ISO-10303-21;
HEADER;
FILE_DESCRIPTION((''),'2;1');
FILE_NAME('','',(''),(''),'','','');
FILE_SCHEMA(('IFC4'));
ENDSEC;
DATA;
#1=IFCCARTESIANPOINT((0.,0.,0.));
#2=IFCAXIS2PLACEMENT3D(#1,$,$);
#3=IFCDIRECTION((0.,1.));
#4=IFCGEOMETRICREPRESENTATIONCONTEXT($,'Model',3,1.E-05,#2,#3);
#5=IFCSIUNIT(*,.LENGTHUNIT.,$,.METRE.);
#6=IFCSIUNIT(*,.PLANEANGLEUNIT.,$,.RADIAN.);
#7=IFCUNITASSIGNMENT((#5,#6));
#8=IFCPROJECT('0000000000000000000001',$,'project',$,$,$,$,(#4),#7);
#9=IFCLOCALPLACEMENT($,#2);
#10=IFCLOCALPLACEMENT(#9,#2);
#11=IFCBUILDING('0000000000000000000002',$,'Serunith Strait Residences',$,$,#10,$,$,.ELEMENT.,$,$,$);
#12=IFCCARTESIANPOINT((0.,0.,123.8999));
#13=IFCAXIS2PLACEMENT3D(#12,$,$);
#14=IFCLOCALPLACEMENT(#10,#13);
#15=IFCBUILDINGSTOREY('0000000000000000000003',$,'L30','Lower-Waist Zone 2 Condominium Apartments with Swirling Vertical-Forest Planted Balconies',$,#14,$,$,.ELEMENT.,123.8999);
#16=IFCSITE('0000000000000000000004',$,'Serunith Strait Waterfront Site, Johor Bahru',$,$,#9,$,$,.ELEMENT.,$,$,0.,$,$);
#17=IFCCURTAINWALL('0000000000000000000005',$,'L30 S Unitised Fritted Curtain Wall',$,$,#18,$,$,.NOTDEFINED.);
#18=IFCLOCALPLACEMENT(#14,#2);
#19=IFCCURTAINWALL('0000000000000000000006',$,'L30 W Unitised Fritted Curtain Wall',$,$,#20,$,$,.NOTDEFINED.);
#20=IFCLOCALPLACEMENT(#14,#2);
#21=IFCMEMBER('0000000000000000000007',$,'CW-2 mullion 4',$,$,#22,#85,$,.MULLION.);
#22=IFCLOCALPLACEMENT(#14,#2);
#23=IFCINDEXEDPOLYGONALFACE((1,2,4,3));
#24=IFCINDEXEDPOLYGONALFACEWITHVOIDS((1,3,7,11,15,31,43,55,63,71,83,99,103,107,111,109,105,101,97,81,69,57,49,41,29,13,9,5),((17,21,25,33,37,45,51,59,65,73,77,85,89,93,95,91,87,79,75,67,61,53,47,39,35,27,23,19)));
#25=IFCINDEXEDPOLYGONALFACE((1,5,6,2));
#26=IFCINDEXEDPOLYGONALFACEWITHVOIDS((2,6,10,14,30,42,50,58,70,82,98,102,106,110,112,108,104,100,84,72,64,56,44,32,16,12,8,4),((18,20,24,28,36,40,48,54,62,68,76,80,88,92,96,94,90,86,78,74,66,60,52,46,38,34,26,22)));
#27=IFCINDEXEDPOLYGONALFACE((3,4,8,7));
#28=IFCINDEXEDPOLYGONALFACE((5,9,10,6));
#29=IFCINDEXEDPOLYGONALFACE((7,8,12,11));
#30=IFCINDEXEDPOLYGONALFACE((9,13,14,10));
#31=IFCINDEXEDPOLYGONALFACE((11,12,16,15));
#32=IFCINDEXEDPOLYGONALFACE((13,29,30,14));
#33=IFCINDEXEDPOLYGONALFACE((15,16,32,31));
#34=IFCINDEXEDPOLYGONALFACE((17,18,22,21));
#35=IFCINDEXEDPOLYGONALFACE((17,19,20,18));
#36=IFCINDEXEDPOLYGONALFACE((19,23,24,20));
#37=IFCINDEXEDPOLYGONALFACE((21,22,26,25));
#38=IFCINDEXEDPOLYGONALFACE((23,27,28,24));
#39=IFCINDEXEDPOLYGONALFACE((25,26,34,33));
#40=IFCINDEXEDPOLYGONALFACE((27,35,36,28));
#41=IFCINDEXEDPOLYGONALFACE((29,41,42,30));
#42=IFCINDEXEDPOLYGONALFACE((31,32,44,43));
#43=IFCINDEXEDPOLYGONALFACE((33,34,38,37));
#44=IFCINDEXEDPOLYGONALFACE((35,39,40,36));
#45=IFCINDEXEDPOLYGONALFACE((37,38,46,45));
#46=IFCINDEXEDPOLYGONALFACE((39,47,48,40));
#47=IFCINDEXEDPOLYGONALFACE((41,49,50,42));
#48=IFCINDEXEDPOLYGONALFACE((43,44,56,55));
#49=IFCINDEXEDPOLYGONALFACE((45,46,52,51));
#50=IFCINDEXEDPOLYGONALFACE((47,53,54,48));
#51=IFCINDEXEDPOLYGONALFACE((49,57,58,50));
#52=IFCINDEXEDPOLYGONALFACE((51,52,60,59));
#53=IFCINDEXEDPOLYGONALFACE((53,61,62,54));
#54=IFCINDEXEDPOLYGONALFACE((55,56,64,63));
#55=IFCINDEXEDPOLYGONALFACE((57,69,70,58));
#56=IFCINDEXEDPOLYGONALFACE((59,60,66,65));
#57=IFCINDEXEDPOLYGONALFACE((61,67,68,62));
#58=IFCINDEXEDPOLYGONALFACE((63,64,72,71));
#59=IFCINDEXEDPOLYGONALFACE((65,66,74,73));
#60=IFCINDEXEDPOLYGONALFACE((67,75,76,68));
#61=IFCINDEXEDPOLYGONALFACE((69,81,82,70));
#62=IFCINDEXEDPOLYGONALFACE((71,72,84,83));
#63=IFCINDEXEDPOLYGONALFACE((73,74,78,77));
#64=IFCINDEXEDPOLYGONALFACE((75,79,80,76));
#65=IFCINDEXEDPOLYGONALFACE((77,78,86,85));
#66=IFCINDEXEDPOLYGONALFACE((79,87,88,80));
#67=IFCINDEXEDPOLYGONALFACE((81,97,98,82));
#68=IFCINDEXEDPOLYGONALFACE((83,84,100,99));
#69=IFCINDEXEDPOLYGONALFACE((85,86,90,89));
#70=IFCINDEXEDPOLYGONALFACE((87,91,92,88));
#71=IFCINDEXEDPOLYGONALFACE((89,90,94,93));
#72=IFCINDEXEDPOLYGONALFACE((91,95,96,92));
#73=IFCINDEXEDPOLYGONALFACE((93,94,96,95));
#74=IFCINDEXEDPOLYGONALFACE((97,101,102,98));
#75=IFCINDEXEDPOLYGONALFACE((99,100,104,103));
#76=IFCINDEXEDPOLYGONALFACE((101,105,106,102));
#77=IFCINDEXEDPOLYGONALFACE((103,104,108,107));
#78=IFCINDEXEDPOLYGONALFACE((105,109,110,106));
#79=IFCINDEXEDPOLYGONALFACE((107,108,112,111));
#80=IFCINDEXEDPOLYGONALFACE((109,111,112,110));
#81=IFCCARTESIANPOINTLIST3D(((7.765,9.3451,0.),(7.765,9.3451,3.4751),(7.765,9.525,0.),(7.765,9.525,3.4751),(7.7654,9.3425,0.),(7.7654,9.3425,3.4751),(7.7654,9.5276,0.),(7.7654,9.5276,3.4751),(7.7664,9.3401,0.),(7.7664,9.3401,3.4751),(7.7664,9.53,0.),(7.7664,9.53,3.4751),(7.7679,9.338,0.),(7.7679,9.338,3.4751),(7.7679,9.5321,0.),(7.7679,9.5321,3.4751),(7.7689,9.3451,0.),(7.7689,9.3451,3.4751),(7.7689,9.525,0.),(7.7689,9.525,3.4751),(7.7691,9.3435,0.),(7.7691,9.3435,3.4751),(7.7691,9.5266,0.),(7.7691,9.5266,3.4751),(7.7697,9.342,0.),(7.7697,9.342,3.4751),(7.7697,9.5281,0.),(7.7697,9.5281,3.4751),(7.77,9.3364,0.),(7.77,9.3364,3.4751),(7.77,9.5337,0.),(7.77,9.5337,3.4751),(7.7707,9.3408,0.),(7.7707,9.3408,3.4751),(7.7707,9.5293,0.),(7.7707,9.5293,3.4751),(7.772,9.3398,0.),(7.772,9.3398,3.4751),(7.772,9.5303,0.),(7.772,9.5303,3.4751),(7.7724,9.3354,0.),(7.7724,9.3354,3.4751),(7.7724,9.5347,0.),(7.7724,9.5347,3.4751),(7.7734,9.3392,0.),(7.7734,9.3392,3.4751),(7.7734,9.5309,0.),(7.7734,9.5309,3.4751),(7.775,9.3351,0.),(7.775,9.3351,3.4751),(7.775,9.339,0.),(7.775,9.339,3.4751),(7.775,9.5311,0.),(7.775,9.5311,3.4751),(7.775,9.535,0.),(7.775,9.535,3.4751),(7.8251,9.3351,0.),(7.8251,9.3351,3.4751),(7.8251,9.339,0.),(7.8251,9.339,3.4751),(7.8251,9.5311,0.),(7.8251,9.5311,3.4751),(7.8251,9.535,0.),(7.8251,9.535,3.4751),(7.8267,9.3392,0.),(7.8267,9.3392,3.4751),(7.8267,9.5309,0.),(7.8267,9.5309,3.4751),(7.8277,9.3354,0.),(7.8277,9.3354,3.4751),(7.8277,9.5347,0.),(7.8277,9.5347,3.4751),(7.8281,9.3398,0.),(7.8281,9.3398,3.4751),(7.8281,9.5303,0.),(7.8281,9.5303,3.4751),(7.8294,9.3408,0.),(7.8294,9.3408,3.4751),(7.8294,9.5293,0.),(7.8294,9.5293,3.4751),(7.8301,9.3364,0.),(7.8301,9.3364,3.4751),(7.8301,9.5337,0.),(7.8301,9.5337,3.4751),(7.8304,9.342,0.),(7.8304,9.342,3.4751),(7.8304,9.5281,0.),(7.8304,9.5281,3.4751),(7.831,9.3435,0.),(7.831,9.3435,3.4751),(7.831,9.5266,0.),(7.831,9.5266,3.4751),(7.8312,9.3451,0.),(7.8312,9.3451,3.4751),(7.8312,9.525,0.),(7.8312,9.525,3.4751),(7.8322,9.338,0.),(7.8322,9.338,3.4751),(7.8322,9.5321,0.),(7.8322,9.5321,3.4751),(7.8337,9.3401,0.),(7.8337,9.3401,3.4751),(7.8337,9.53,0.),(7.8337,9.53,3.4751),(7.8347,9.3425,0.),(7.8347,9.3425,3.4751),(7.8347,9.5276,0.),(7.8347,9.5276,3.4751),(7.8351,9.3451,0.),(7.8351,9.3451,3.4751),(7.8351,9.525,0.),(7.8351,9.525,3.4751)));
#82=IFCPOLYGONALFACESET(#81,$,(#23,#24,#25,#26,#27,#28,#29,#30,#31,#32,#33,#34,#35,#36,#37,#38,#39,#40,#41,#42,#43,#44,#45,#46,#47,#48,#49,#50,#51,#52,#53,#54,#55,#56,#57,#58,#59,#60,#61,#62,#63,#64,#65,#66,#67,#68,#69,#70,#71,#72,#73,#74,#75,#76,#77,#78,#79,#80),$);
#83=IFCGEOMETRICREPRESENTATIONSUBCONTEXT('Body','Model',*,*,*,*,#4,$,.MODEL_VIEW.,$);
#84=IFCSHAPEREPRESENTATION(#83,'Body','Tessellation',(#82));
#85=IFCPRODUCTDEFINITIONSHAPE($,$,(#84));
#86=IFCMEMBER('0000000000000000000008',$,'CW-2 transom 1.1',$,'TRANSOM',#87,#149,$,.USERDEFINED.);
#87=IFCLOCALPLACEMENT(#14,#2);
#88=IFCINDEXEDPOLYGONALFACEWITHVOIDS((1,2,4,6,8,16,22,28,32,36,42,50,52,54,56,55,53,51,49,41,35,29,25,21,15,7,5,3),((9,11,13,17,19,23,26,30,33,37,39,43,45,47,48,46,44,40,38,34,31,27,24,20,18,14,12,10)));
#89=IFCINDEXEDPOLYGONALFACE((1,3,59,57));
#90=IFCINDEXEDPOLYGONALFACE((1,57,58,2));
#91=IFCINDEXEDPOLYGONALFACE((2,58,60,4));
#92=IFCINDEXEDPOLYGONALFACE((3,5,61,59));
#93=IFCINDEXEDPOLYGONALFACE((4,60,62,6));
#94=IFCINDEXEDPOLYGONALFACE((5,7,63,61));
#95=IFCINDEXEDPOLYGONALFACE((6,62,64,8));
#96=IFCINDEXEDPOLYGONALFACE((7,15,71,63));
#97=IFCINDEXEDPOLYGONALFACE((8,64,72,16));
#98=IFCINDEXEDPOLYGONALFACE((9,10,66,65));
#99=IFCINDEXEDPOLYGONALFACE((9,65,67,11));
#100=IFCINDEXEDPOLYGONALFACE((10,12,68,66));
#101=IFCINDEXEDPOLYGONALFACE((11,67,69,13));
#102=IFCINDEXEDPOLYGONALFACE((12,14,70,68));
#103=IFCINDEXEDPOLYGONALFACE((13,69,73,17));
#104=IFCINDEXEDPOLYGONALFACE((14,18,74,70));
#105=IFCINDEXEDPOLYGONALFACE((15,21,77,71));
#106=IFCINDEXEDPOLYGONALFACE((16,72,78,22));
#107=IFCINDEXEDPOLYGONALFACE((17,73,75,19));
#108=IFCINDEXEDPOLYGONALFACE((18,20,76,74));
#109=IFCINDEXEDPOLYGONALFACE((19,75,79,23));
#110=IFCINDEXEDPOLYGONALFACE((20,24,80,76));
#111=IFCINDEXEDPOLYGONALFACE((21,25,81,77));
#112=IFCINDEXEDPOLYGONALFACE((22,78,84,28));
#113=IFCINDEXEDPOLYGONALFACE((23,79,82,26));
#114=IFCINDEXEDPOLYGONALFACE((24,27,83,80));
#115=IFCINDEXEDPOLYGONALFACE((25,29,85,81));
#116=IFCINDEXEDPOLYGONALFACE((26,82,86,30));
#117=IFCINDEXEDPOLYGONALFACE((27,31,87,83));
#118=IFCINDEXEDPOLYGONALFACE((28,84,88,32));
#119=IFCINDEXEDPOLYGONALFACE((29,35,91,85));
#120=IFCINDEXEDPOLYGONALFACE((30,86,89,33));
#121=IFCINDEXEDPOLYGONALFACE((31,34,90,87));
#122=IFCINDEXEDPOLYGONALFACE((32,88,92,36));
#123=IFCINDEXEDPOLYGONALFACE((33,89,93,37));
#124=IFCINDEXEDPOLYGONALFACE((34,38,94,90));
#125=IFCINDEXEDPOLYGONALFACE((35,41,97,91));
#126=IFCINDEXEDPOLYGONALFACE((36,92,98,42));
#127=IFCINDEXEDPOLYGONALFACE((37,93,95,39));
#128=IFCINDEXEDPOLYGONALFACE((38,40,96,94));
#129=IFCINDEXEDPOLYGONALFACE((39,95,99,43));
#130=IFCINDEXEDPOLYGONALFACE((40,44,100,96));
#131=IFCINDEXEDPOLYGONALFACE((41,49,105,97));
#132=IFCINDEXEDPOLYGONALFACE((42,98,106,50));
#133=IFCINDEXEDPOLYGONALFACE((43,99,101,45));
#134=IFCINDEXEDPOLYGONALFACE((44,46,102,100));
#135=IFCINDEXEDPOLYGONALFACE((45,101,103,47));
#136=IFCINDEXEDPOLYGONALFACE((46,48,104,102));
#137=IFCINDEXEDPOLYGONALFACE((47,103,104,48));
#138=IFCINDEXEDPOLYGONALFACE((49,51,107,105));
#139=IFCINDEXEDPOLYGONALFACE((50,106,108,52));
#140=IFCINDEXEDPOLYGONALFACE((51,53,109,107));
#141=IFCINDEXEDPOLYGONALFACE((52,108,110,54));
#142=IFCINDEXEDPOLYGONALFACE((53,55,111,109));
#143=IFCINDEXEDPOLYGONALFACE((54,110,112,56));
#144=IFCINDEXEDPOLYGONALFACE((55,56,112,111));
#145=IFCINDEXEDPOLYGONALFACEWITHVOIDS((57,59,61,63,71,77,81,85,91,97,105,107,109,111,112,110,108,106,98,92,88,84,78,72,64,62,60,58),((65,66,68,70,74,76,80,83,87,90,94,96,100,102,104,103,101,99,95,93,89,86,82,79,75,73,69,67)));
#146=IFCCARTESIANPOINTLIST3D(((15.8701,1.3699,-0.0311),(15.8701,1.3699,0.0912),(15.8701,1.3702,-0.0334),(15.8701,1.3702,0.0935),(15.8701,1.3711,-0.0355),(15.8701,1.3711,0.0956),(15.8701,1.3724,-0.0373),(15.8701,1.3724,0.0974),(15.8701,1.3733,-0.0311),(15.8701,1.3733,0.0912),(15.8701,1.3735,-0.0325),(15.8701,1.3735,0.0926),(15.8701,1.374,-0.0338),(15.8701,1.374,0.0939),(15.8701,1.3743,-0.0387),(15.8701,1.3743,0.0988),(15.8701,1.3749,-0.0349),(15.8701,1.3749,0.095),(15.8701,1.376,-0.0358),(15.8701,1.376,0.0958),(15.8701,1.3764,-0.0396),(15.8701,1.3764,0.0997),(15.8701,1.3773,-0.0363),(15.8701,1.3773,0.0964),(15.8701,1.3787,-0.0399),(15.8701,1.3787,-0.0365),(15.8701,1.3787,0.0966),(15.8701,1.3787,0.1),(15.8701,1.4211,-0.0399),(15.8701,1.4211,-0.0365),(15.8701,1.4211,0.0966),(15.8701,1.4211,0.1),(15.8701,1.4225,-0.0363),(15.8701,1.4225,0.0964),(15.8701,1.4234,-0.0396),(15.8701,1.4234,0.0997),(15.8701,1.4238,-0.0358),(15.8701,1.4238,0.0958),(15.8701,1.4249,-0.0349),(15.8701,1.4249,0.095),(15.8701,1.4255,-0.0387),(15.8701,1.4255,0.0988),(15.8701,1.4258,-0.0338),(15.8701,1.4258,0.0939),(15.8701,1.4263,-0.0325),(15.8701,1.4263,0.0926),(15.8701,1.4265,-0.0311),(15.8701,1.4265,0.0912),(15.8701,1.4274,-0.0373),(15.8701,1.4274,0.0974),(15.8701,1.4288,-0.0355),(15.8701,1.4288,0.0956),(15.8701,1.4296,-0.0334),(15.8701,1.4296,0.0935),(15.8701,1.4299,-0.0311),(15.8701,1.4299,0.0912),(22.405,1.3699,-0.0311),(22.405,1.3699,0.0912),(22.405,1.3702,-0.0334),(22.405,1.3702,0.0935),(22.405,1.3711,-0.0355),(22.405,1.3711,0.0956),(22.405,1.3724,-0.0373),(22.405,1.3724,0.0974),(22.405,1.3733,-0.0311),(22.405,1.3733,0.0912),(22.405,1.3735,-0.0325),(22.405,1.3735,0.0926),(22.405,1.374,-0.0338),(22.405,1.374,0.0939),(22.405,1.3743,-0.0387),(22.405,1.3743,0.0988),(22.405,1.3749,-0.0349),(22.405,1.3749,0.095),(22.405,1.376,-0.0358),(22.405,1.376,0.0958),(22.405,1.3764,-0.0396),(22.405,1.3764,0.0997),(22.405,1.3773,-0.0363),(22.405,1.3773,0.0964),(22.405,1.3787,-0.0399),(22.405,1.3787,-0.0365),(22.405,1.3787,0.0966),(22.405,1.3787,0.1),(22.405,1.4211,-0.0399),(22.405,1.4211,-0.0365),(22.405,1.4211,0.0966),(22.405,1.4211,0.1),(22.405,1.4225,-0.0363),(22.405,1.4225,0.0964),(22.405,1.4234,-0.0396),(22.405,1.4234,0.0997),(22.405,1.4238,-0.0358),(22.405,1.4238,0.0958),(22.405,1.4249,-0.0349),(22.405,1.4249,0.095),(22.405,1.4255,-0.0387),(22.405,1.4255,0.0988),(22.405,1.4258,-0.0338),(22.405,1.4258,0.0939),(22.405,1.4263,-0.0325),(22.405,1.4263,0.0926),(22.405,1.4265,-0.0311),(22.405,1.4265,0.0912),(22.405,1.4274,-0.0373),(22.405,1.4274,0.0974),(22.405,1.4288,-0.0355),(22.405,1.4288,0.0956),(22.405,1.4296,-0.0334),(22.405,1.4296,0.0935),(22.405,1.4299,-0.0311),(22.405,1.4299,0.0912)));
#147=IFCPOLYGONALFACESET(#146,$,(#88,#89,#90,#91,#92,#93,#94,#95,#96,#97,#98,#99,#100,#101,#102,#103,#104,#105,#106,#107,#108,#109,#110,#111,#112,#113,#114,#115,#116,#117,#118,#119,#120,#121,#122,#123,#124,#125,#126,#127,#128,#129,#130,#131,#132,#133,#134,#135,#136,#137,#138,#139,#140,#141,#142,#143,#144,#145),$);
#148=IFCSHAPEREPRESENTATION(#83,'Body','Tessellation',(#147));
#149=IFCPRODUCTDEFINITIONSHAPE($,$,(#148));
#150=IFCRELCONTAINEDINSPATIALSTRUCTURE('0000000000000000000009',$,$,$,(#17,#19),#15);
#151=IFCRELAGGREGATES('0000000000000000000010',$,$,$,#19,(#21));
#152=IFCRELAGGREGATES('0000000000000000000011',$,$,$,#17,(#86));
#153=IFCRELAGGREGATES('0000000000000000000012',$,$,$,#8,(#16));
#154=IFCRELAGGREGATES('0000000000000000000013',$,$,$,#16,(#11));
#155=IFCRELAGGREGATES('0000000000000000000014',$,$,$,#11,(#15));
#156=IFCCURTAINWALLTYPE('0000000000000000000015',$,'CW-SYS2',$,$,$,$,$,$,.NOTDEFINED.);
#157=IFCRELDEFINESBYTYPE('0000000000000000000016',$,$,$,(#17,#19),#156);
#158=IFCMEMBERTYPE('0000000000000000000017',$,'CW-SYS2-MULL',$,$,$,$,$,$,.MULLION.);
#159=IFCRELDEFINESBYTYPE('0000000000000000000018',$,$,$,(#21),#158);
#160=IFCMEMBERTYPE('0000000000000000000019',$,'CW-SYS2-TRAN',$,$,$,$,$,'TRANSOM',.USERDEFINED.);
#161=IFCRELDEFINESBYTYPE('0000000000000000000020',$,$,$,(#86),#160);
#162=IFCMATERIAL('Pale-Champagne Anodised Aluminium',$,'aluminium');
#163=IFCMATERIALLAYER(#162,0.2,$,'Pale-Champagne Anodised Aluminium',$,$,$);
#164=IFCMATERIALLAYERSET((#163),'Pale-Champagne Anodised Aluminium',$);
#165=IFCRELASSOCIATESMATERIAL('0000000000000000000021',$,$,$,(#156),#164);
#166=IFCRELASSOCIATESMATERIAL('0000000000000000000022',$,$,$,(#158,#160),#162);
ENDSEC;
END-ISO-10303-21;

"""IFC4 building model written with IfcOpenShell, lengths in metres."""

from ifc_helpers import new_model, si_unit, direction, frame, origin, origin_2d, place, context, subcontext, project, spatial, hollow_rectangle, extrude, source, transform, mapped, material, layer, layer_set, material_profile, profile_set, type_object, element, aggregate, save


model = new_model("IFC4")

# Units and contexts
model_context = context("Model", 3, precision=1e-05, world=origin(), true_north=direction((0.0, 1.0)))
body_context = subcontext(model_context, "Body", "Model", "MODEL_VIEW")
ifc_project = project(units=[si_unit("LENGTHUNIT", "METRE"), si_unit("PLANEANGLEUNIT", "RADIAN")], contexts=[model_context])

# Site, building, storey
site_placement = place(None, origin())
site = spatial("IfcSite", under=ifc_project, at=site_placement, Name="Serunith Strait Waterfront Site, Johor Bahru", CompositionType="ELEMENT", RefElevation=0.0)
building_placement = place(site_placement, origin())
building = spatial("IfcBuilding", under=site, at=building_placement, Name="Serunith Strait Residences", CompositionType="ELEMENT")
storey_placement = place(building_placement, frame((0.0, 0.0, 123.8999)))
storey = spatial("IfcBuildingStorey", under=building, at=storey_placement, Name="L30", Description="Lower-Waist Zone 2 Condominium Apartments with Swirling Vertical-Forest Planted Balconies", CompositionType="ELEMENT", Elevation=123.8999)

# Curtain walls, member
ifc_material_1 = material(Name="Pale-Champagne Anodised Aluminium", Category="aluminium")
ifc_layer_1 = layer(ifc_material_1, 0.2, Name="Pale-Champagne Anodised Aluminium")
ifc_layer_set_1 = layer_set([ifc_layer_1], Name="Pale-Champagne Anodised Aluminium")
curtain_wall_type = type_object("IfcCurtainWallType", Name="CW-SYS2", PredefinedType="NOTDEFINED", material=ifc_layer_set_1)
curtain_wall_1_placement = place(storey_placement, origin())
curtain_wall_1 = element("IfcCurtainWall", 1, at=curtain_wall_1_placement, inside=storey, type_object=curtain_wall_type, Name="L30 S Unitised Fritted Curtain Wall", PredefinedType="NOTDEFINED")
ifc_material_profile_1 = material_profile(ifc_material_1, hollow_rectangle(XDim=0.0701, YDim=0.2, WallThickness=0.0039, InnerFilletRadius=0.0061, OuterFilletRadius=0.01, at=origin_2d()), Name="ALU 200x70x4")
ifc_profile_set_1 = profile_set([ifc_material_profile_1], Name="Pale-Champagne Anodised Aluminium")
member_type_1 = type_object("IfcMemberType", Name="CW-SYS2-MULL", PredefinedType="MULLION", material=ifc_profile_set_1)
shared_shape_1 = source(origin(), body_context, "Body", "SweptSolid", [
    extrude(hollow_rectangle(XDim=0.0701, YDim=0.2, WallThickness=0.0039, InnerFilletRadius=0.0061, OuterFilletRadius=0.01, at=origin_2d()), origin(), (0.0, 0.0, 1.0), 3.4751),
])
curtain_wall_2_placement = place(storey_placement, origin())
curtain_wall_2 = element("IfcCurtainWall", 2, at=curtain_wall_2_placement, inside=storey, type_object=curtain_wall_type, Name="L30 W Unitised Fritted Curtain Wall", PredefinedType="NOTDEFINED")
member_1_placement = place(storey_placement, frame((7.8, 9.4351, 0.0), z_axis=(0.0, 0.0, 1.0), x_axis=(1.0, 0.0, 0.0)))
member_1 = element("IfcMember", 3, at=member_1_placement, type_object=member_type_1, Name="CW-2 mullion 4", PredefinedType="MULLION", context=body_context, shape_type="MappedRepresentation", body=[
    mapped(shared_shape_1, transform((0.0, 0.0, 0.0), scale=1.0)),
])
aggregate(curtain_wall_2, [member_1])

# Member
ifc_material_profile_2 = material_profile(ifc_material_1, hollow_rectangle(XDim=0.0601, YDim=0.1399, WallThickness=0.0034, InnerFilletRadius=0.0054, OuterFilletRadius=0.0088, at=origin_2d()), Name="ALU 140x60x3.5")
ifc_profile_set_2 = profile_set([ifc_material_profile_2], Name="Pale-Champagne Anodised Aluminium")
member_type_2 = type_object("IfcMemberType", Name="CW-SYS2-TRAN", ElementType="TRANSOM", PredefinedType="USERDEFINED", material=ifc_profile_set_2)
shared_shape_2 = source(origin(), body_context, "Body", "SweptSolid", [
    extrude(hollow_rectangle(XDim=0.0601, YDim=0.1399, WallThickness=0.0034, InnerFilletRadius=0.0054, OuterFilletRadius=0.0088, at=origin_2d()), origin(), (0.0, 0.0, 1.0), 6.5349),
])
member_2_placement = place(storey_placement, frame((15.8701, 1.3999, 0.03), z_axis=(1.0, 0.0, 0.0), x_axis=(0.0, 1.0, 0.0)))
member_2 = element("IfcMember", 4, at=member_2_placement, type_object=member_type_2, Name="CW-2 transom 1.1", ObjectType="TRANSOM", PredefinedType="USERDEFINED", context=body_context, shape_type="MappedRepresentation", body=[
    mapped(shared_shape_2, transform((0.0, 0.0, 0.0), scale=1.0)),
])
aggregate(curtain_wall_1, [member_2])

save(model, "model.ifc")
